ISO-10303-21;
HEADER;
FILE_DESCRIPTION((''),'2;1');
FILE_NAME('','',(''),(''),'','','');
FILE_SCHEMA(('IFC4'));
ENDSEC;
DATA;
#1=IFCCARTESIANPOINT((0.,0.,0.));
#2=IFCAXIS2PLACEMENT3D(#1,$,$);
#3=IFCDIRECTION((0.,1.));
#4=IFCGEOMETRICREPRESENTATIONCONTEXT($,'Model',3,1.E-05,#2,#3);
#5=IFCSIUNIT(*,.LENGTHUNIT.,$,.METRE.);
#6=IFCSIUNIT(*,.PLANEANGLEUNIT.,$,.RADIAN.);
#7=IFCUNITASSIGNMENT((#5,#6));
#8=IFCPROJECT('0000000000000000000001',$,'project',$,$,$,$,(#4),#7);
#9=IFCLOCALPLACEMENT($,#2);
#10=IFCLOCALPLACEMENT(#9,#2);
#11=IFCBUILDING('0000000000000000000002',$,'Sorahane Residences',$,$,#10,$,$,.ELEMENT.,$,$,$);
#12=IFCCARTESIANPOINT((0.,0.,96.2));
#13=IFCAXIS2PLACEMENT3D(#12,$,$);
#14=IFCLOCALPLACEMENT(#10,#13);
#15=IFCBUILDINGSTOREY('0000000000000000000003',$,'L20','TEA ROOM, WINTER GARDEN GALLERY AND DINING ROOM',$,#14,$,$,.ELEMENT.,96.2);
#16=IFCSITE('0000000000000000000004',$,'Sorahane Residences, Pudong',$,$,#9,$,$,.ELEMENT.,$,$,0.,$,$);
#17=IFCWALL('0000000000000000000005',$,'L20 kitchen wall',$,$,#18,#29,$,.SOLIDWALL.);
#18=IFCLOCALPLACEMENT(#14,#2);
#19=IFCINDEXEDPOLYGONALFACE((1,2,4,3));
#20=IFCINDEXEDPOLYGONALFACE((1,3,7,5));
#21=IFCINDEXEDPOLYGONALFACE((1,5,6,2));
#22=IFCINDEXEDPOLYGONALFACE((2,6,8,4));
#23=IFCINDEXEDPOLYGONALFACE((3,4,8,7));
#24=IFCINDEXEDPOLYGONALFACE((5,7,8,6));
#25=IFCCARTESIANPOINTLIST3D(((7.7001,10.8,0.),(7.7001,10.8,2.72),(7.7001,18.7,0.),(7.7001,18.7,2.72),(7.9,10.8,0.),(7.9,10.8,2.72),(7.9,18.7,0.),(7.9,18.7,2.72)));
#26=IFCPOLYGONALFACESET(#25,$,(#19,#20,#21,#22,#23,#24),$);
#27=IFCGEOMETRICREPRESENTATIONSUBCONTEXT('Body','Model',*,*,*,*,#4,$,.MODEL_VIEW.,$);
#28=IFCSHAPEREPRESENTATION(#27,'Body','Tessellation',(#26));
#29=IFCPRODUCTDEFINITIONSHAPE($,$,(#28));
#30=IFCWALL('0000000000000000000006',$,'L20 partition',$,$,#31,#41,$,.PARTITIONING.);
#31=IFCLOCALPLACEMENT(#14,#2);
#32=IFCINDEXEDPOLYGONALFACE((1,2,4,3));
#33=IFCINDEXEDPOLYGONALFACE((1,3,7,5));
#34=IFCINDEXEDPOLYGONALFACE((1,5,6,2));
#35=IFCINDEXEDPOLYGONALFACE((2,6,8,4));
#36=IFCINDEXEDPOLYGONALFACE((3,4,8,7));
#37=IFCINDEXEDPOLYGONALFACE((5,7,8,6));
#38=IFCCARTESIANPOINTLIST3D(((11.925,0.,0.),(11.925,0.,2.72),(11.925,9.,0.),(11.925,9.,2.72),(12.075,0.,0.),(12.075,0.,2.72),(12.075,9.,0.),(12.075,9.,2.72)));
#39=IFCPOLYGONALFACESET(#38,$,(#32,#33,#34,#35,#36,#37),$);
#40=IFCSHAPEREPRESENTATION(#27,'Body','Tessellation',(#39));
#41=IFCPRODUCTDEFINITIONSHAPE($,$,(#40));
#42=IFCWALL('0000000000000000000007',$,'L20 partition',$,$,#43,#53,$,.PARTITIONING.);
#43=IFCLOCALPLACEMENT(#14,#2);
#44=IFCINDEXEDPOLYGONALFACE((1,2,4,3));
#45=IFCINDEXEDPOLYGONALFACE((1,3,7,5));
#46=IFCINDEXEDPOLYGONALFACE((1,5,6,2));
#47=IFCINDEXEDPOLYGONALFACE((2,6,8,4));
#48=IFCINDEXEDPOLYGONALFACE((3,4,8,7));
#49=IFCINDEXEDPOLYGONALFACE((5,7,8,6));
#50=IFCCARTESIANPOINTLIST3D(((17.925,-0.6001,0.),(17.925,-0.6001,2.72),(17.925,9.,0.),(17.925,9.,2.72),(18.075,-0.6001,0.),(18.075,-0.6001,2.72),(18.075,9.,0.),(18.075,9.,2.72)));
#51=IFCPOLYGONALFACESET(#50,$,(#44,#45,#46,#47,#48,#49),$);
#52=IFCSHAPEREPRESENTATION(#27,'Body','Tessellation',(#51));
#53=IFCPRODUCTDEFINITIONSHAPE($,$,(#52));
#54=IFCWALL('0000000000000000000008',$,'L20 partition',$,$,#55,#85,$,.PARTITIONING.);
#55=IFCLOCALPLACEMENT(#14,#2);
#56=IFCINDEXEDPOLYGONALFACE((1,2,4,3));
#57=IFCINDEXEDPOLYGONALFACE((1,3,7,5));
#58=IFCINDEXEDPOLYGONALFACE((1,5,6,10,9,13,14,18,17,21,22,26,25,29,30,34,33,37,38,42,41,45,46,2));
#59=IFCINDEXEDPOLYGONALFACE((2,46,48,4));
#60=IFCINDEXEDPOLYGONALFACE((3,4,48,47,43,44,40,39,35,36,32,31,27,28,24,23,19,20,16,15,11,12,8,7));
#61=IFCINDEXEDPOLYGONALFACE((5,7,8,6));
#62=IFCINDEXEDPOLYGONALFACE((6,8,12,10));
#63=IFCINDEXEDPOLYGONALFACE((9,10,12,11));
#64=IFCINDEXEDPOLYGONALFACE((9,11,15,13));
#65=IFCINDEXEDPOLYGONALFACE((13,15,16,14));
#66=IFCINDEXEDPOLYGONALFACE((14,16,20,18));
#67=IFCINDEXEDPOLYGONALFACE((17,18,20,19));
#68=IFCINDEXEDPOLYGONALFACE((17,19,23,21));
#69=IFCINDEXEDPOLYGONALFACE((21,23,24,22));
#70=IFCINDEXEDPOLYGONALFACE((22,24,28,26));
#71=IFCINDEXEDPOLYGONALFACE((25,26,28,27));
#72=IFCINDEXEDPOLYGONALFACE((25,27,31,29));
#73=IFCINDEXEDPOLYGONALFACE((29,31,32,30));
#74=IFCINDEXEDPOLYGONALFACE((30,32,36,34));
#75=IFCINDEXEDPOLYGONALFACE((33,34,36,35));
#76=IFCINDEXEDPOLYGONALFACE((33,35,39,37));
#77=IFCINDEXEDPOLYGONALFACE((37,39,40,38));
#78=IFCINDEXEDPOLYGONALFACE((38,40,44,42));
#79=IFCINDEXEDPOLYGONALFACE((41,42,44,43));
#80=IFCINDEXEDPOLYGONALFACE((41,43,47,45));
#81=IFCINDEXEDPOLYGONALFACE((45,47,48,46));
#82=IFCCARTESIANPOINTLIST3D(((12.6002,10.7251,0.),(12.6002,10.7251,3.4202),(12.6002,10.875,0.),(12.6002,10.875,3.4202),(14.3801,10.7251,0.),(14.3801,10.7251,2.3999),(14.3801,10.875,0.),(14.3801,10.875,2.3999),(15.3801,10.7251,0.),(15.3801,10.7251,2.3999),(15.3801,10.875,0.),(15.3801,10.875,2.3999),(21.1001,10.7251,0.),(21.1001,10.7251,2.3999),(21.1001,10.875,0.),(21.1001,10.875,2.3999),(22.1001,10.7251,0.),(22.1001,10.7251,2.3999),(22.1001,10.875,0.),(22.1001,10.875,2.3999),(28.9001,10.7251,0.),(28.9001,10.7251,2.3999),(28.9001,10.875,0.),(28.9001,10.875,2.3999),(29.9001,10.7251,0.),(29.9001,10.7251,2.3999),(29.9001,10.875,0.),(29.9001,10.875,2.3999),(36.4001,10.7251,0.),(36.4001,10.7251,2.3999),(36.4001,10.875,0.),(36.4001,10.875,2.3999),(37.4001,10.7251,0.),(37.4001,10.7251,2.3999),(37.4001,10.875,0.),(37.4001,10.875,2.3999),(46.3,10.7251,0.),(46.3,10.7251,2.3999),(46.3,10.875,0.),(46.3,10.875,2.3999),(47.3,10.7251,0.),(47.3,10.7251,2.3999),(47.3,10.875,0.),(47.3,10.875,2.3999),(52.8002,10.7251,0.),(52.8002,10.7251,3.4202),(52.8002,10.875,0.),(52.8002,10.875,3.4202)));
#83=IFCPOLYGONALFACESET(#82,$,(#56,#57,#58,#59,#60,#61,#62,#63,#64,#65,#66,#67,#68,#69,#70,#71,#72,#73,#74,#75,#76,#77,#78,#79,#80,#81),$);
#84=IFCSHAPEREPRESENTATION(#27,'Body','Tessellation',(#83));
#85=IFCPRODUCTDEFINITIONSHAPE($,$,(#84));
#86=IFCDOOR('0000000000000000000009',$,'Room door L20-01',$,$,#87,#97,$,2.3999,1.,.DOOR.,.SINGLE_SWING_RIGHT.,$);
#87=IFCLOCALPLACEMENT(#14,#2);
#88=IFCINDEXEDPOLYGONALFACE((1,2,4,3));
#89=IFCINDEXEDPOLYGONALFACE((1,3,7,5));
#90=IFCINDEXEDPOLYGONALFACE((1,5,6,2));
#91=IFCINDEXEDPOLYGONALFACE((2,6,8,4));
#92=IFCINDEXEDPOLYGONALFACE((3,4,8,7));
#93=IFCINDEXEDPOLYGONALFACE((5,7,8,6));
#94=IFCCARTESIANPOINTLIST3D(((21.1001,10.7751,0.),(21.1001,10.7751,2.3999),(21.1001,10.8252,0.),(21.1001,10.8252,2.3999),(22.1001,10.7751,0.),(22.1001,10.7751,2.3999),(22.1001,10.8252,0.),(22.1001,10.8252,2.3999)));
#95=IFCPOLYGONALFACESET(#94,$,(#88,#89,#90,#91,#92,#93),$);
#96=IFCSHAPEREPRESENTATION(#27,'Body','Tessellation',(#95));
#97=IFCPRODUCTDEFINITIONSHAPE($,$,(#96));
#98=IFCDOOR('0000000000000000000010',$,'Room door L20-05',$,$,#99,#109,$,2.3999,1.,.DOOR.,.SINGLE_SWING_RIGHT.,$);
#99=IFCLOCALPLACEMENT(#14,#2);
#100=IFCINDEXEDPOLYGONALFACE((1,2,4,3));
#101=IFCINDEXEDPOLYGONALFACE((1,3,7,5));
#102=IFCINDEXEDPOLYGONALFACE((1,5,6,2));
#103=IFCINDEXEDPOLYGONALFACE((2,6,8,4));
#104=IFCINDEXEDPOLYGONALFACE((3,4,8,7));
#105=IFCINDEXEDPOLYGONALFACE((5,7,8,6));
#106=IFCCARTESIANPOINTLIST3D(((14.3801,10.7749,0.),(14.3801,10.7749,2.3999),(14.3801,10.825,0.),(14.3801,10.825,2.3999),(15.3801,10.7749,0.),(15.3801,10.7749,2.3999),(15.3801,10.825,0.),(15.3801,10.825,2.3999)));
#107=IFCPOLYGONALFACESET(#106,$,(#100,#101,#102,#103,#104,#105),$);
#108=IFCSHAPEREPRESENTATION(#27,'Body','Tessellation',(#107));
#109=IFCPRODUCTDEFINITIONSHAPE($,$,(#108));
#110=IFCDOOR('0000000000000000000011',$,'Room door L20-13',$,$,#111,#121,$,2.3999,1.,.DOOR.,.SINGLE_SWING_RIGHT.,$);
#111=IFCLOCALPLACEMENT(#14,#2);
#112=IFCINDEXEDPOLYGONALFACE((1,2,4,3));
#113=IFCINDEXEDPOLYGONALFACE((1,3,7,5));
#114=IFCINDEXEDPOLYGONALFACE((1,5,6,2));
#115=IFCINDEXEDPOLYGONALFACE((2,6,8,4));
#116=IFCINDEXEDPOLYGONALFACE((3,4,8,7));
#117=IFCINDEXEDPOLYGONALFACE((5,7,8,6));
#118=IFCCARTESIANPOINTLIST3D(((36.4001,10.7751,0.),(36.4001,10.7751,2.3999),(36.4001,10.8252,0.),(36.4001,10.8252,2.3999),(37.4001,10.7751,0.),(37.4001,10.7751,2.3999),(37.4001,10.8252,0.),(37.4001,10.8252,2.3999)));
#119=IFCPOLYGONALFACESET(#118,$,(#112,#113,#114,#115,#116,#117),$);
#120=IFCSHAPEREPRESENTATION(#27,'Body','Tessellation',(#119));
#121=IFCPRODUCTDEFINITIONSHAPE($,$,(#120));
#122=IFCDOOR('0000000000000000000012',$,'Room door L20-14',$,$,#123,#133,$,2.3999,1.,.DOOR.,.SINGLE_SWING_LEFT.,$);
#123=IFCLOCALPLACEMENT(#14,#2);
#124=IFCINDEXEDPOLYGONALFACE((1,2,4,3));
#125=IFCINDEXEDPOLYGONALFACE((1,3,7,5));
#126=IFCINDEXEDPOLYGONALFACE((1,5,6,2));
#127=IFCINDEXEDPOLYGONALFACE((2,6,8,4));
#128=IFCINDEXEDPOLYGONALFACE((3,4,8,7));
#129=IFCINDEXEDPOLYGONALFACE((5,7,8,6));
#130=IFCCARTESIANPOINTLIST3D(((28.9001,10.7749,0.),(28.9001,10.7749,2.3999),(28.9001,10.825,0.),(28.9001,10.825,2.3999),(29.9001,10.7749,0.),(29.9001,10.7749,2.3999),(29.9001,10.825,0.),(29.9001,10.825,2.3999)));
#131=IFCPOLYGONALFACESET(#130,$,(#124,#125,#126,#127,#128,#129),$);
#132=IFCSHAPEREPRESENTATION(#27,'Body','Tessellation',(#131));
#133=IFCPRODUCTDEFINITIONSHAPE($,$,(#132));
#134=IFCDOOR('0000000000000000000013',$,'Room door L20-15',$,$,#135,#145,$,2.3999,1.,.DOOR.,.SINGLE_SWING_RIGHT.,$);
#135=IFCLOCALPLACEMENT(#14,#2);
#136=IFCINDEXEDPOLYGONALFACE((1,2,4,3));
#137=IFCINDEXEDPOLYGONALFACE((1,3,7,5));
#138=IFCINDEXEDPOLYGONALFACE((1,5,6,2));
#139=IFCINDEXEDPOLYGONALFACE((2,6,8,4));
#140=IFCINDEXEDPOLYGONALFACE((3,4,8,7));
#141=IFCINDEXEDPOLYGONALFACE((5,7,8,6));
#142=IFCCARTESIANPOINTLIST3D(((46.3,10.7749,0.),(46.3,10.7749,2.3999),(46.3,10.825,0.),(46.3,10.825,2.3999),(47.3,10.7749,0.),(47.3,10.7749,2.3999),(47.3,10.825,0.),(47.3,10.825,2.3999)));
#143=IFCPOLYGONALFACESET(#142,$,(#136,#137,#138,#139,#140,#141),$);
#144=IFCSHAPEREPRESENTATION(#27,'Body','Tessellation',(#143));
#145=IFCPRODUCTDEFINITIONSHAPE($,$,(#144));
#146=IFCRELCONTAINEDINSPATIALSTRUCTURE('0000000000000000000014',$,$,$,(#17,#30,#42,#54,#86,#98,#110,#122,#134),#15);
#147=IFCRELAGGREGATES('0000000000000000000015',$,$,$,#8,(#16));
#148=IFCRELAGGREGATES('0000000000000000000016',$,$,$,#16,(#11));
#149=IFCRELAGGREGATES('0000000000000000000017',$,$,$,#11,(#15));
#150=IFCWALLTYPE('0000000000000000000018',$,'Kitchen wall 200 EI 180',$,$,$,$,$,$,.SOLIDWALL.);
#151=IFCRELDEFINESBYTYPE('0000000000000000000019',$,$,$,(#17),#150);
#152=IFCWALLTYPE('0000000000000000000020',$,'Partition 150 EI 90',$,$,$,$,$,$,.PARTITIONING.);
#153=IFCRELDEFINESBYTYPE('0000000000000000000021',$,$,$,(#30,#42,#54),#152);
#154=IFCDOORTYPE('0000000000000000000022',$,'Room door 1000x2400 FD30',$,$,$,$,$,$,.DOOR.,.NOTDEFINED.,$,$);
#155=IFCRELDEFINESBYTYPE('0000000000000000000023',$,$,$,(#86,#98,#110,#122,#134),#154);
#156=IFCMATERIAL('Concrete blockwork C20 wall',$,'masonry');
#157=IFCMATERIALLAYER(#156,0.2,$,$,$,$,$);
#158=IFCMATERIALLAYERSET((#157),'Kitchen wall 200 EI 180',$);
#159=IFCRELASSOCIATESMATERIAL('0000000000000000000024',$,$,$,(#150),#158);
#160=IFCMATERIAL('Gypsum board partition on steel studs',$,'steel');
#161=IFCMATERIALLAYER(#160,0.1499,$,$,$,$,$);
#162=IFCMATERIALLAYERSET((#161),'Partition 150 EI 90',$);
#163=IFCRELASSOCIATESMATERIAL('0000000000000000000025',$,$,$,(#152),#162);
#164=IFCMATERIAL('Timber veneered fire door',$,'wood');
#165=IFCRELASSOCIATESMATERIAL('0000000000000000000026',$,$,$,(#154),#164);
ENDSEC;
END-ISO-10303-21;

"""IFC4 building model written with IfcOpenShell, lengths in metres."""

from ifc_helpers import new_model, si_unit, direction, frame, frame_2d, origin, place, context, subcontext, project, spatial, rectangle, extrude, material, layer, layer_set, type_object, element, fill, save


model = new_model("IFC4")

# Units and contexts
model_context = context("Model", 3, precision=1e-05, world=origin(), true_north=direction((0.0, 1.0)))
body_context = subcontext(model_context, "Body", "Model", "MODEL_VIEW")
ifc_project = project(units=[si_unit("LENGTHUNIT", "METRE"), si_unit("PLANEANGLEUNIT", "RADIAN")], contexts=[model_context])

# Site, building, storey
site_placement = place(None, origin())
site = spatial("IfcSite", under=ifc_project, at=site_placement, Name="Sorahane Residences, Pudong", CompositionType="ELEMENT", RefElevation=0.0)
building_placement = place(site_placement, origin())
building = spatial("IfcBuilding", under=site, at=building_placement, Name="Sorahane Residences", CompositionType="ELEMENT")
storey_placement = place(building_placement, frame((0.0, 0.0, 96.2)))
storey = spatial("IfcBuildingStorey", under=building, at=storey_placement, Name="L20", Description="TEA ROOM, WINTER GARDEN GALLERY AND DINING ROOM", CompositionType="ELEMENT", Elevation=96.2)

# Wall
ifc_material_1 = material(Name="Concrete blockwork C20 wall", Category="masonry")
ifc_layer_1 = layer(ifc_material_1, 0.2)
ifc_layer_set_1 = layer_set([ifc_layer_1], Name="Kitchen wall 200 EI 180")
wall_type_1 = type_object("IfcWallType", Name="Kitchen wall 200 EI 180", PredefinedType="SOLIDWALL", material=ifc_layer_set_1)
for number, where, z_axis, x_axis, name in (
    (1, (7.8, 10.8, 0.0), (0.0, 0.0, 1.0), (0.0, 1.0, 0.0), "L20 kitchen wall"),
):
    element("IfcWall", number, at=place(storey_placement, frame(where, z_axis=z_axis, x_axis=x_axis)), inside=storey, type_object=wall_type_1, Name=name, PredefinedType="SOLIDWALL", context=body_context, shape_type="SweptSolid", body=[
        extrude(rectangle(XDim=7.8999, YDim=0.2, at=frame_2d((3.95, 0.0))), origin(), (0.0, 0.0, 1.0), 2.72),
    ])

# Walls
ifc_material_2 = material(Name="Gypsum board partition on steel studs", Category="steel")
ifc_layer_2 = layer(ifc_material_2, 0.1499)
ifc_layer_set_2 = layer_set([ifc_layer_2], Name="Partition 150 EI 90")
wall_type_2 = type_object("IfcWallType", Name="Partition 150 EI 90", PredefinedType="PARTITIONING", material=ifc_layer_set_2)
wall_1_placement = place(storey_placement, frame((12.0, 0.0, 0.0), z_axis=(0.0, 0.0, 1.0), x_axis=(0.0, 1.0, 0.0)))
element("IfcWall", 2, at=wall_1_placement, inside=storey, type_object=wall_type_2, Name="L20 partition", PredefinedType="PARTITIONING", context=body_context, shape_type="SweptSolid", body=[
    extrude(rectangle(XDim=9.0, YDim=0.1499, at=frame_2d((4.5, 0.0))), origin(), (0.0, 0.0, 1.0), 2.72),
])
wall_2_placement = place(storey_placement, frame((18.0, -0.6001, 0.0), z_axis=(0.0, 0.0, 1.0), x_axis=(0.0, 1.0, 0.0)))
element("IfcWall", 3, at=wall_2_placement, inside=storey, type_object=wall_type_2, Name="L20 partition", PredefinedType="PARTITIONING", context=body_context, shape_type="SweptSolid", body=[
    extrude(rectangle(XDim=9.6001, YDim=0.1499, at=frame_2d((4.8, 0.0))), origin(), (0.0, 0.0, 1.0), 2.72),
])

# Wall, openings, doors
wall_3_placement = place(storey_placement, frame((12.6001, 10.8, 0.0), z_axis=(0.0, 0.0, 1.0), x_axis=(1.0, 0.0, 0.0)))
wall_3 = element("IfcWall", 4, at=wall_3_placement, inside=storey, type_object=wall_type_2, Name="L20 partition", PredefinedType="PARTITIONING", context=body_context, shape_type="SweptSolid", body=[
    extrude(rectangle(XDim=40.2, YDim=0.1499, at=frame_2d((20.1001, 0.0))), origin(), (0.0, 0.0, 1.0), 3.4202),
])
opening_1_placement = place(wall_3_placement, frame((8.5, 0.0, 0.0)))
opening_1 = element("IfcOpeningElement", 5, at=opening_1_placement, cuts=wall_3, PredefinedType="OPENING", context=body_context, shape_type="SweptSolid", body=[
    extrude(rectangle(XDim=1.0, YDim=2.3999, at=frame_2d((0.5, 1.2))), frame((0.0, 0.085, 0.0), z_axis=(0.0, -1.0, 0.0), x_axis=(1.0, 0.0, 0.0)), (0.0, 0.0, 1.0), 0.1699),
])
opening_2_placement = place(wall_3_placement, frame((1.78, 0.0, 0.0)))
opening_2 = element("IfcOpeningElement", 6, at=opening_2_placement, cuts=wall_3, PredefinedType="OPENING", context=body_context, shape_type="SweptSolid", body=[
    extrude(rectangle(XDim=1.0, YDim=2.3999, at=frame_2d((0.5, 1.2))), frame((0.0, 0.085, 0.0), z_axis=(0.0, -1.0, 0.0), x_axis=(1.0, 0.0, 0.0)), (0.0, 0.0, 1.0), 0.1699),
])
opening_3_placement = place(wall_3_placement, frame((23.8, 0.0, 0.0)))
opening_3 = element("IfcOpeningElement", 7, at=opening_3_placement, cuts=wall_3, PredefinedType="OPENING", context=body_context, shape_type="SweptSolid", body=[
    extrude(rectangle(XDim=1.0, YDim=2.3999, at=frame_2d((0.5, 1.2))), frame((0.0, 0.085, 0.0), z_axis=(0.0, -1.0, 0.0), x_axis=(1.0, 0.0, 0.0)), (0.0, 0.0, 1.0), 0.1699),
])
opening_4_placement = place(wall_3_placement, frame((16.3, 0.0, 0.0)))
opening_4 = element("IfcOpeningElement", 8, at=opening_4_placement, cuts=wall_3, PredefinedType="OPENING", context=body_context, shape_type="SweptSolid", body=[
    extrude(rectangle(XDim=1.0, YDim=2.3999, at=frame_2d((0.5, 1.2))), frame((0.0, 0.085, 0.0), z_axis=(0.0, -1.0, 0.0), x_axis=(1.0, 0.0, 0.0)), (0.0, 0.0, 1.0), 0.1699),
])
opening_5_placement = place(wall_3_placement, frame((33.7, 0.0, 0.0)))
opening_5 = element("IfcOpeningElement", 9, at=opening_5_placement, cuts=wall_3, PredefinedType="OPENING", context=body_context, shape_type="SweptSolid", body=[
    extrude(rectangle(XDim=1.0, YDim=2.3999, at=frame_2d((0.5, 1.2))), frame((0.0, 0.085, 0.0), z_axis=(0.0, -1.0, 0.0), x_axis=(1.0, 0.0, 0.0)), (0.0, 0.0, 1.0), 0.1699),
])
ifc_material_3 = material(Name="Timber veneered fire door", Category="wood")
door_type_1 = type_object("IfcDoorType", Name="Room door 1000x2400 FD30", OperationType="NOTDEFINED", PredefinedType="DOOR", material=ifc_material_3)
door_1_placement = place(opening_1_placement, frame((1.0, 0.0, 0.0), z_axis=(0.0, 0.0, 1.0), x_axis=(-1.0, 0.0, 0.0)))
door_1 = element("IfcDoor", 10, at=door_1_placement, inside=storey, type_object=door_type_1, Name="Room door L20-01", OperationType="SINGLE_SWING_RIGHT", OverallHeight=2.3999, OverallWidth=1.0, PredefinedType="DOOR", context=body_context, shape_type="SweptSolid", body=[
    extrude(rectangle(XDim=1.0, YDim=2.3999, at=frame_2d((0.5, 1.2))), frame((0.0, 0.0249, 0.0), z_axis=(0.0, -1.0, 0.0), x_axis=(1.0, 0.0, 0.0)), (0.0, 0.0, 1.0), 0.05),
])
fill(opening_1, door_1)
door_2_placement = place(opening_2_placement, origin())
door_2 = element("IfcDoor", 11, at=door_2_placement, inside=storey, type_object=door_type_1, Name="Room door L20-05", OperationType="SINGLE_SWING_RIGHT", OverallHeight=2.3999, OverallWidth=1.0, PredefinedType="DOOR", context=body_context, shape_type="SweptSolid", body=[
    extrude(rectangle(XDim=1.0, YDim=2.3999, at=frame_2d((0.5, 1.2))), frame((0.0, 0.0249, 0.0), z_axis=(0.0, -1.0, 0.0), x_axis=(1.0, 0.0, 0.0)), (0.0, 0.0, 1.0), 0.05),
])
fill(opening_2, door_2)
door_3_placement = place(opening_3_placement, frame((1.0, 0.0, 0.0), z_axis=(0.0, 0.0, 1.0), x_axis=(-1.0, 0.0, 0.0)))
door_3 = element("IfcDoor", 12, at=door_3_placement, inside=storey, type_object=door_type_1, Name="Room door L20-13", OperationType="SINGLE_SWING_RIGHT", OverallHeight=2.3999, OverallWidth=1.0, PredefinedType="DOOR", context=body_context, shape_type="SweptSolid", body=[
    extrude(rectangle(XDim=1.0, YDim=2.3999, at=frame_2d((0.5, 1.2))), frame((0.0, 0.0249, 0.0), z_axis=(0.0, -1.0, 0.0), x_axis=(1.0, 0.0, 0.0)), (0.0, 0.0, 1.0), 0.05),
])
fill(opening_3, door_3)
door_4_placement = place(opening_4_placement, origin())
door_4 = element("IfcDoor", 13, at=door_4_placement, inside=storey, type_object=door_type_1, Name="Room door L20-14", OperationType="SINGLE_SWING_LEFT", OverallHeight=2.3999, OverallWidth=1.0, PredefinedType="DOOR", context=body_context, shape_type="SweptSolid", body=[
    extrude(rectangle(XDim=1.0, YDim=2.3999, at=frame_2d((0.5, 1.2))), frame((0.0, 0.0249, 0.0), z_axis=(0.0, -1.0, 0.0), x_axis=(1.0, 0.0, 0.0)), (0.0, 0.0, 1.0), 0.05),
])
fill(opening_4, door_4)
door_5_placement = place(opening_5_placement, origin())
door_5 = element("IfcDoor", 14, at=door_5_placement, inside=storey, type_object=door_type_1, Name="Room door L20-15", OperationType="SINGLE_SWING_RIGHT", OverallHeight=2.3999, OverallWidth=1.0, PredefinedType="DOOR", context=body_context, shape_type="SweptSolid", body=[
    extrude(rectangle(XDim=1.0, YDim=2.3999, at=frame_2d((0.5, 1.2))), frame((0.0, 0.0249, 0.0), z_axis=(0.0, -1.0, 0.0), x_axis=(1.0, 0.0, 0.0)), (0.0, 0.0, 1.0), 0.05),
])
fill(opening_5, door_5)

save(model, "model.ifc")
